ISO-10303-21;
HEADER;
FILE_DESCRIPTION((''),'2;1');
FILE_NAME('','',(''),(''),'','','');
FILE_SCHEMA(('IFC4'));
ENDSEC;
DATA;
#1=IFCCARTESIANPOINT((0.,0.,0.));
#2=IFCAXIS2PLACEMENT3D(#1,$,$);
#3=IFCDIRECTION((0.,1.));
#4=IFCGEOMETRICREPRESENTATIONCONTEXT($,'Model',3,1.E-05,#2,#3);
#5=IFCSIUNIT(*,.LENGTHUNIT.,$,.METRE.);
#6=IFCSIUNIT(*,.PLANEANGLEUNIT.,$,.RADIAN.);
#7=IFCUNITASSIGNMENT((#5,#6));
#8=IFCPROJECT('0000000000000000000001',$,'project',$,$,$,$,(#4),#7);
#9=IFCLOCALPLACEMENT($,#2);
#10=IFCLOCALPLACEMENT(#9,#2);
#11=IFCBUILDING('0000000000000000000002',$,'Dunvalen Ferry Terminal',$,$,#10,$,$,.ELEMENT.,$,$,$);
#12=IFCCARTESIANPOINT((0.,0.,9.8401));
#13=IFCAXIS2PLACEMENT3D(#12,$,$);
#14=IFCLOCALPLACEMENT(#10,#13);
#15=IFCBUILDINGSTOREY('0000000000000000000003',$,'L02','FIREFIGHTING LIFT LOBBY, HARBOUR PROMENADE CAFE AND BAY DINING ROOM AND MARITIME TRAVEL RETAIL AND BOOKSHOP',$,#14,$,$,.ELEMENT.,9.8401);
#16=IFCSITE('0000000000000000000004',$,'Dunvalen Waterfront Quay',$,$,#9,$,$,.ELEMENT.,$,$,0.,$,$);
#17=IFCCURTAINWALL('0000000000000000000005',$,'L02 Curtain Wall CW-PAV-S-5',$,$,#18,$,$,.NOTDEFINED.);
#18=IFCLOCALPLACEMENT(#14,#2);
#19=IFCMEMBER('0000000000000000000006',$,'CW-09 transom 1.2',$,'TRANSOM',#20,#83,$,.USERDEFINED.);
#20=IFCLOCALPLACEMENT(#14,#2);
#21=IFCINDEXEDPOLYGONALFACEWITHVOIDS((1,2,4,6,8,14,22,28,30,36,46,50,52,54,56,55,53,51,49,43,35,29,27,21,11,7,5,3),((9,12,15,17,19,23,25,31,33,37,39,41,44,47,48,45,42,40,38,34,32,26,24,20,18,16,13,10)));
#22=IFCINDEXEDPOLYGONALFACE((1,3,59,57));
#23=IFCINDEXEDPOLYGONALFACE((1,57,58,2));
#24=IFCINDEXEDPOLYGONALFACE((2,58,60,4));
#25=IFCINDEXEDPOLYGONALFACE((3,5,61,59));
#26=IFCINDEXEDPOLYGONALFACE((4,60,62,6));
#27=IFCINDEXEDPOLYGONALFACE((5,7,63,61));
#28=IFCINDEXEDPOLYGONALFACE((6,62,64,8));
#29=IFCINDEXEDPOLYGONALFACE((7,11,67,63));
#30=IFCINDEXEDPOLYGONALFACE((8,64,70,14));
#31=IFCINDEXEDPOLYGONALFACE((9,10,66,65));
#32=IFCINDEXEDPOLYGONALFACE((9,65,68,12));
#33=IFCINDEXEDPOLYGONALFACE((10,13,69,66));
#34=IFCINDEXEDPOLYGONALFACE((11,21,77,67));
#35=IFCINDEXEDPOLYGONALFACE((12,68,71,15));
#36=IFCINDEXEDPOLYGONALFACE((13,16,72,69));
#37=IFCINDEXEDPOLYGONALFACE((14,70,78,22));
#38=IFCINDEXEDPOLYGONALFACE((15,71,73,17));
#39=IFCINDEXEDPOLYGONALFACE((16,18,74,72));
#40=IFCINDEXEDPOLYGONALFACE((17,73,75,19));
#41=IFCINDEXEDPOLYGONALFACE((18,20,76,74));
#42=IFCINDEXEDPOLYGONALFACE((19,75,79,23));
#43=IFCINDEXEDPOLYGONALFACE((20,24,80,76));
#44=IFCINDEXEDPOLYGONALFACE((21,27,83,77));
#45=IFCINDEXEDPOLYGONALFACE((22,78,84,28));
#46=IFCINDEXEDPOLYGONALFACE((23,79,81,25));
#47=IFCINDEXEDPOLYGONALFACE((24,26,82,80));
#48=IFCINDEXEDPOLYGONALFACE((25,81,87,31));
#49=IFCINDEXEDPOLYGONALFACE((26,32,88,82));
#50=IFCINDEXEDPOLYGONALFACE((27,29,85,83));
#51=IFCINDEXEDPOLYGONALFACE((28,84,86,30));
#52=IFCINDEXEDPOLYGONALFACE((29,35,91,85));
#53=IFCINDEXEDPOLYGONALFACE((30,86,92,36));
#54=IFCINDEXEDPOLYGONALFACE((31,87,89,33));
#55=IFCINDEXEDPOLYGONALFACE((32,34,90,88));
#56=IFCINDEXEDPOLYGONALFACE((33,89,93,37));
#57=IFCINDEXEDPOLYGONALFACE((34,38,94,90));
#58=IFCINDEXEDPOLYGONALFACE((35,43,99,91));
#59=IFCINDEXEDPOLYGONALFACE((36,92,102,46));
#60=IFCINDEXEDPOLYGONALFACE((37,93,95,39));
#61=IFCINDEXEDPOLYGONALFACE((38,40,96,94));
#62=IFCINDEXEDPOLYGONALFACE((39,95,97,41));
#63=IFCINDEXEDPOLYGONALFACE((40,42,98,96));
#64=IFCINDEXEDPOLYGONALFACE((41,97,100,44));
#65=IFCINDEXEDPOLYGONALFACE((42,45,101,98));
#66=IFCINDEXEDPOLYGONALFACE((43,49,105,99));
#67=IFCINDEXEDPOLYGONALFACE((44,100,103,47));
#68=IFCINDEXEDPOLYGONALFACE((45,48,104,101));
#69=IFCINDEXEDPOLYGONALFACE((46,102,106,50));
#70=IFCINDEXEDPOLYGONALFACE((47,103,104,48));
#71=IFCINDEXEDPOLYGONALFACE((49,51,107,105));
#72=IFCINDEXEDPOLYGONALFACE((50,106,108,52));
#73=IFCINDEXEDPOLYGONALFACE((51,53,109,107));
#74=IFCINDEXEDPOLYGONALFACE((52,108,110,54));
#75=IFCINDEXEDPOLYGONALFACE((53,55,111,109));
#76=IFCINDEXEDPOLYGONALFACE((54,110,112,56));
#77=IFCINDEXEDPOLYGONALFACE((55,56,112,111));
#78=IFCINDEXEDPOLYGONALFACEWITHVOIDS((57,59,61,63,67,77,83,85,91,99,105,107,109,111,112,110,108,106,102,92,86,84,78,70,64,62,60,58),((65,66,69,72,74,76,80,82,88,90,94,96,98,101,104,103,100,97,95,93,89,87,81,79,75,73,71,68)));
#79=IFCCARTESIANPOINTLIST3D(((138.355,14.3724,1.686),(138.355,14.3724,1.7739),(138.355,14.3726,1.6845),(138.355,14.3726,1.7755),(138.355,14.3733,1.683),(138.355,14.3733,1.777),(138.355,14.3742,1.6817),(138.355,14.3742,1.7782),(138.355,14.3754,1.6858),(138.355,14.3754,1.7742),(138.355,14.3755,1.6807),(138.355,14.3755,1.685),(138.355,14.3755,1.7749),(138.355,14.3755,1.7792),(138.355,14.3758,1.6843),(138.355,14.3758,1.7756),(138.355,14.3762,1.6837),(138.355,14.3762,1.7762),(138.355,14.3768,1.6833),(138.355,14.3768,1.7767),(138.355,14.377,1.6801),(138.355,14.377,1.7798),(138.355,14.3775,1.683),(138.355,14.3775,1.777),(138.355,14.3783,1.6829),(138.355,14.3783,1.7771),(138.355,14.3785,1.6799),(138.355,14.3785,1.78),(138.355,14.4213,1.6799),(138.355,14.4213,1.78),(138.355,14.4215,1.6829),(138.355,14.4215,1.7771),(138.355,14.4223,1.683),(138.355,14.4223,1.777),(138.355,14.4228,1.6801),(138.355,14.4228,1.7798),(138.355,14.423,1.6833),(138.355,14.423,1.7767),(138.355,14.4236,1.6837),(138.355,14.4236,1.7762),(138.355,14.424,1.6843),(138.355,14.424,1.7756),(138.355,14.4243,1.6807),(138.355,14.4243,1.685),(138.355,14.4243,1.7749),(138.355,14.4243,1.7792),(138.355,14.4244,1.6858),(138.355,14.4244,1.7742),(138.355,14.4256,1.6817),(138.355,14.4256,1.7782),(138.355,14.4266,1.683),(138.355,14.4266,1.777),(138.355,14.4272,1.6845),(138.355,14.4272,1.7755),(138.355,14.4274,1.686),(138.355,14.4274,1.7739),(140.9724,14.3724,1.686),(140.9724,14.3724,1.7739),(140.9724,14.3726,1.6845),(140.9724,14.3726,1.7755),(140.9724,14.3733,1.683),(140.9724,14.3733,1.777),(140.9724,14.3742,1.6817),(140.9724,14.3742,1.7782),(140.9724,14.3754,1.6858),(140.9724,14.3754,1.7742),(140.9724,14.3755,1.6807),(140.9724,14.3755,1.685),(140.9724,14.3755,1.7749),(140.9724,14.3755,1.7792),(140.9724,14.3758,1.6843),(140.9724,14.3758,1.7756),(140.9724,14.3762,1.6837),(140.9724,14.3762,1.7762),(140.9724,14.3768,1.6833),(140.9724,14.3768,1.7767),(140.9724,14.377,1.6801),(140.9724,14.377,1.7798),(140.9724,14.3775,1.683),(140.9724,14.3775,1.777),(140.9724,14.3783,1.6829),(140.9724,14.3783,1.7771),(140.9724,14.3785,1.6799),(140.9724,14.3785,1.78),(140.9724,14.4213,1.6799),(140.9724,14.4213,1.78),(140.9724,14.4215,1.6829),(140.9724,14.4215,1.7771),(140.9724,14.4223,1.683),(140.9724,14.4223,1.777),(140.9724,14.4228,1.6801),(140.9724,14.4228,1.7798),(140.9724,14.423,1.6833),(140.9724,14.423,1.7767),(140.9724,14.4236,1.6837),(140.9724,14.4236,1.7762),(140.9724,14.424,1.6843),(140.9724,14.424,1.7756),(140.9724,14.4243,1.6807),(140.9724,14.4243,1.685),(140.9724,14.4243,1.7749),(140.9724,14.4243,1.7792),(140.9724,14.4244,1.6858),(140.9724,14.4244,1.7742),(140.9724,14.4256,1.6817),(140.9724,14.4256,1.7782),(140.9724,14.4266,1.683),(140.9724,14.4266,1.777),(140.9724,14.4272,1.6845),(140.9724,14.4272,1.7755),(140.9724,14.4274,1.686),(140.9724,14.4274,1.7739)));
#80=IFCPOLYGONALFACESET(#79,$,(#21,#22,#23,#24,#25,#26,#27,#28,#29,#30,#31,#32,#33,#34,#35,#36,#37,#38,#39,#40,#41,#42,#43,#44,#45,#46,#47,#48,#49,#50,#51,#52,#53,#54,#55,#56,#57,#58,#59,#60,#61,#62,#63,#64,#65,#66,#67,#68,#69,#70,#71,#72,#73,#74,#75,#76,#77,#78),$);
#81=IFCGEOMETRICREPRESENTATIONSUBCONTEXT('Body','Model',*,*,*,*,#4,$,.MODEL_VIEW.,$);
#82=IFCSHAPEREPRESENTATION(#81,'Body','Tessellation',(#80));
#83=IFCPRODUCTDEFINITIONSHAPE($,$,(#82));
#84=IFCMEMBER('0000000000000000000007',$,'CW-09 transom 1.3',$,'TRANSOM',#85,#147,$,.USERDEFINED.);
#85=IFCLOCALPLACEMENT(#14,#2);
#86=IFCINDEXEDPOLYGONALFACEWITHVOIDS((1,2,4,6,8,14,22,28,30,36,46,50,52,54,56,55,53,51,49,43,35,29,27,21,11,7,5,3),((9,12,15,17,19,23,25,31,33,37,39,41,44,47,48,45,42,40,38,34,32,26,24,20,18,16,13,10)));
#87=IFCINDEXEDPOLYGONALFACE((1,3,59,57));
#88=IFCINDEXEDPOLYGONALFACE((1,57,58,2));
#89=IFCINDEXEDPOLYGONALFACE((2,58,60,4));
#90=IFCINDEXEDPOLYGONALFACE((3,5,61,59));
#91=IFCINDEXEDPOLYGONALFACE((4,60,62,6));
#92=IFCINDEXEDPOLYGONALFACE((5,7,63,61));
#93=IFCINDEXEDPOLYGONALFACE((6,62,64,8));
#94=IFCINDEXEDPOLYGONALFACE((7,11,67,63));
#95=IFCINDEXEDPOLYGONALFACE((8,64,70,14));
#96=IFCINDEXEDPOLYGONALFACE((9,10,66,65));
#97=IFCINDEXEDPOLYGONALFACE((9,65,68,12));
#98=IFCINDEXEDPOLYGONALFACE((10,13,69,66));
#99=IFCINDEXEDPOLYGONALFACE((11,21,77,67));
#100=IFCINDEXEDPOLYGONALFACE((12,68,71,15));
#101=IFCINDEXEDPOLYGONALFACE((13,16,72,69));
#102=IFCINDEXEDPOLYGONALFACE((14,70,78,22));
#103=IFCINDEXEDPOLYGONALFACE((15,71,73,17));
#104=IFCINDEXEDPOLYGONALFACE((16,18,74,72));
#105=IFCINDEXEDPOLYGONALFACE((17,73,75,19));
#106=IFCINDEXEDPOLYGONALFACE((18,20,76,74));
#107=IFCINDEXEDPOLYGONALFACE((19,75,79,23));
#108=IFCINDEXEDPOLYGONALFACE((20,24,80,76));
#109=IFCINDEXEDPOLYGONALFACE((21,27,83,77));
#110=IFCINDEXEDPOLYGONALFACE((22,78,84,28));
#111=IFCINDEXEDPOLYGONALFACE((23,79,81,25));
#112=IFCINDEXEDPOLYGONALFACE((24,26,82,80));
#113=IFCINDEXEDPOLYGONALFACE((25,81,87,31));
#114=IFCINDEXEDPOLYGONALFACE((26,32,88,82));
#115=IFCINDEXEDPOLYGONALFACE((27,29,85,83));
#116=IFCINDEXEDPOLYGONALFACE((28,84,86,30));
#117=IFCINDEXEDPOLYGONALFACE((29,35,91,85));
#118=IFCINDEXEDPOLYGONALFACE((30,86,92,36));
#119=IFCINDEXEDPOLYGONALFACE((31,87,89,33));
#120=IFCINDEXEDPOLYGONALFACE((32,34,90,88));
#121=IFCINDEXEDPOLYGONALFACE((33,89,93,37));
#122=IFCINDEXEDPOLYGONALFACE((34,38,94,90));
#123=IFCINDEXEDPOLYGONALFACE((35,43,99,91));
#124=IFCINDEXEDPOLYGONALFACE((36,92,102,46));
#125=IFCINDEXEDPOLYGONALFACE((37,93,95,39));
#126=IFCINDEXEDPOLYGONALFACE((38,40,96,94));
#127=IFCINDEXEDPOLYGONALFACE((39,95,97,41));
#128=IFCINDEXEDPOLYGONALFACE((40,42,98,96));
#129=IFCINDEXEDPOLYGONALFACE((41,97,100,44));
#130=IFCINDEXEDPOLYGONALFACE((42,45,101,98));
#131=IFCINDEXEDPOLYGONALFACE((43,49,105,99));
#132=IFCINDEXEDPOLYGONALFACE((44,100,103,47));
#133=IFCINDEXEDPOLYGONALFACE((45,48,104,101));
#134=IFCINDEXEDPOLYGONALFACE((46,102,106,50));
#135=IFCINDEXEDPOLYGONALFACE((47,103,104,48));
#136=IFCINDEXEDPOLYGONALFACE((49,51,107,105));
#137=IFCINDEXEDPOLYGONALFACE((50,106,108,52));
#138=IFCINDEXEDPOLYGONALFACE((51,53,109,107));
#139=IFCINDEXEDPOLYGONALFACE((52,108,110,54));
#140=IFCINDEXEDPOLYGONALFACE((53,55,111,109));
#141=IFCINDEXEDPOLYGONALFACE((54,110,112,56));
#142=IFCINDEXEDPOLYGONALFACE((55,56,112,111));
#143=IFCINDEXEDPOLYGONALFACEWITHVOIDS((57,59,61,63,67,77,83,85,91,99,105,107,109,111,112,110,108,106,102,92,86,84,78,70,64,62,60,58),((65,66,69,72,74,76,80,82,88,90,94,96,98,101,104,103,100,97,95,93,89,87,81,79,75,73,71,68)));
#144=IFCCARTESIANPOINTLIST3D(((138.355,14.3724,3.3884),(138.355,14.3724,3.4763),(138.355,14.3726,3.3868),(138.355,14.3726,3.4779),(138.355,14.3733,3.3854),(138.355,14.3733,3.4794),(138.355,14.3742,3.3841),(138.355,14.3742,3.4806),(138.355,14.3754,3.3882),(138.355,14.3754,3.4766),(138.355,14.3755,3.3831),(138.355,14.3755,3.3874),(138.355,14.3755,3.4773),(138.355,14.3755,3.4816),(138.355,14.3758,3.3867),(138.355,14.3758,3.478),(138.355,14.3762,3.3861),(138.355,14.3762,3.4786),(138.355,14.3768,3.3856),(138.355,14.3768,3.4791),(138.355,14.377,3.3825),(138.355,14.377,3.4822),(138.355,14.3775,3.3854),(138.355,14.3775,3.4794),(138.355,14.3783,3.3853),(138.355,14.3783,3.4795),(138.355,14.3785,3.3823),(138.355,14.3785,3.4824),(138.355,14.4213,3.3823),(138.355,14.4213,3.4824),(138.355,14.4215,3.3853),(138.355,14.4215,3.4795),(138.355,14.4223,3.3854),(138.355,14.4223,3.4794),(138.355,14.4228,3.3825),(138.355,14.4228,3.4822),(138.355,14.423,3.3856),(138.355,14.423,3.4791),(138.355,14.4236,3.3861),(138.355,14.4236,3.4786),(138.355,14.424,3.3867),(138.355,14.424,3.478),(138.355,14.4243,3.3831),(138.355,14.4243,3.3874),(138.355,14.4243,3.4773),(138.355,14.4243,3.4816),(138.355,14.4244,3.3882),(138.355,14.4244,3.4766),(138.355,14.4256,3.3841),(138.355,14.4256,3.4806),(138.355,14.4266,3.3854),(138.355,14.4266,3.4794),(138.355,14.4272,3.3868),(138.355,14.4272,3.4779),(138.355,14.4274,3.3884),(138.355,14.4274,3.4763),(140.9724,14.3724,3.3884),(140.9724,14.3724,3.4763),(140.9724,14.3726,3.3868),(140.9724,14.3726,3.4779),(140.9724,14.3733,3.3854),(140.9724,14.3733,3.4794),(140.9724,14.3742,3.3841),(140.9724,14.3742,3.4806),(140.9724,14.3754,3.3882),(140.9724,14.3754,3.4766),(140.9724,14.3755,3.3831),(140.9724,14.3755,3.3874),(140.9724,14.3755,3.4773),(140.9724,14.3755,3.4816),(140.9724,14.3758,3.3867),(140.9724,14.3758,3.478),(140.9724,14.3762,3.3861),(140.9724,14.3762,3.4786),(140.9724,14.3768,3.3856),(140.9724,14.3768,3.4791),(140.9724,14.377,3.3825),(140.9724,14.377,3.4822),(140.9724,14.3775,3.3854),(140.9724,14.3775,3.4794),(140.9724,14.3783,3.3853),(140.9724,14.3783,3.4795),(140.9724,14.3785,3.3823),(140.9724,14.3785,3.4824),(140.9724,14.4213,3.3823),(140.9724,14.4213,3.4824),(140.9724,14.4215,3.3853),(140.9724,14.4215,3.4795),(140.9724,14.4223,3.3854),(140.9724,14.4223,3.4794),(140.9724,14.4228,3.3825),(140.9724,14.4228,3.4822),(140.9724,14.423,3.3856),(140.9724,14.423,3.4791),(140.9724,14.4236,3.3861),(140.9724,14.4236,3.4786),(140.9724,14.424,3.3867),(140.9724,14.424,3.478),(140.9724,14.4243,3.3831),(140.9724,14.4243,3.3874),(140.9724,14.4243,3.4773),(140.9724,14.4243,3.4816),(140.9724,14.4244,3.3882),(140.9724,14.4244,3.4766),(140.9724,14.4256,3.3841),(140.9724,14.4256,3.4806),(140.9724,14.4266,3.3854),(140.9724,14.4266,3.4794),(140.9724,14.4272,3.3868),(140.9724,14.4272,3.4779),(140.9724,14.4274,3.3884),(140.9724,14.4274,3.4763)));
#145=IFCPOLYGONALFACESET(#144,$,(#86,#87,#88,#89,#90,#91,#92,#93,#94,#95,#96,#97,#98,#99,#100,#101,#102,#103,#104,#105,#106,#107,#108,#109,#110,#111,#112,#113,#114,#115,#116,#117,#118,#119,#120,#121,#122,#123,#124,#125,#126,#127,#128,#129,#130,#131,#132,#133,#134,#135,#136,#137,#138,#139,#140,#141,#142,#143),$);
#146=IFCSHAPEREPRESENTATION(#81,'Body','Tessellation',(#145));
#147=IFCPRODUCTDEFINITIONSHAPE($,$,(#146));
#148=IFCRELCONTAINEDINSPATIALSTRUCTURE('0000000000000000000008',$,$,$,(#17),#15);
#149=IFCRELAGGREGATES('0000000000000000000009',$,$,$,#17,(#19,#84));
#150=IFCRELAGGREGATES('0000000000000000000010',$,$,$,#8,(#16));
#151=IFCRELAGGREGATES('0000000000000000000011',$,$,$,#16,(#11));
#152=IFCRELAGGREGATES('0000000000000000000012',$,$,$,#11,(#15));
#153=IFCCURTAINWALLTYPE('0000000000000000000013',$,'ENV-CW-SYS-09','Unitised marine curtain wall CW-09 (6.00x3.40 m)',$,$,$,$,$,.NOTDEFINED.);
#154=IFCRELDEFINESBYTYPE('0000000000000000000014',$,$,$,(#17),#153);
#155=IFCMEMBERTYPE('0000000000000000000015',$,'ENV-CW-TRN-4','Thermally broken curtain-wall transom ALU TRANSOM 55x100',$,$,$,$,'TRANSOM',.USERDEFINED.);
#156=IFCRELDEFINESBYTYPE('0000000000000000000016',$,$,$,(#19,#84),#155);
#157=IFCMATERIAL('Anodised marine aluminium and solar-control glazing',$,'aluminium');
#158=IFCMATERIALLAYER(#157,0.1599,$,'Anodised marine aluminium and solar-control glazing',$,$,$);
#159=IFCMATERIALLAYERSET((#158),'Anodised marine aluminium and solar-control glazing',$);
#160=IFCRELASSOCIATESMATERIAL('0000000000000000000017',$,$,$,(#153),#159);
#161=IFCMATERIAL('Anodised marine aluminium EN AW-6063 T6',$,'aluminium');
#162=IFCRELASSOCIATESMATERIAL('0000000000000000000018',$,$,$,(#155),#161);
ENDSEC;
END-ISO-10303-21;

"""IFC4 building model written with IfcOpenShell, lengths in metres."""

from ifc_helpers import new_model, si_unit, direction, frame, origin, origin_2d, place, context, subcontext, project, spatial, hollow_rectangle, extrude, material, layer, layer_set, material_profile, profile_set, type_object, element, aggregate, save


model = new_model("IFC4")

# Units and contexts
model_context = context("Model", 3, precision=1e-05, world=origin(), true_north=direction((0.0, 1.0)))
body_context = subcontext(model_context, "Body", "Model", "MODEL_VIEW")
ifc_project = project(units=[si_unit("LENGTHUNIT", "METRE"), si_unit("PLANEANGLEUNIT", "RADIAN")], contexts=[model_context])

# Site, building, storey
site_placement = place(None, origin())
site = spatial("IfcSite", under=ifc_project, at=site_placement, Name="Dunvalen Waterfront Quay", CompositionType="ELEMENT", RefElevation=0.0)
building_placement = place(site_placement, origin())
building = spatial("IfcBuilding", under=site, at=building_placement, Name="Dunvalen Ferry Terminal", CompositionType="ELEMENT")
storey_placement = place(building_placement, frame((0.0, 0.0, 9.8401)))
storey = spatial("IfcBuildingStorey", under=building, at=storey_placement, Name="L02", Description="FIREFIGHTING LIFT LOBBY, HARBOUR PROMENADE CAFE AND BAY DINING ROOM AND MARITIME TRAVEL RETAIL AND BOOKSHOP", CompositionType="ELEMENT", Elevation=9.8401)

# Curtain wall, members
ifc_material_1 = material(Name="Anodised marine aluminium and solar-control glazing", Category="aluminium")
ifc_layer_1 = layer(ifc_material_1, 0.1599, Name="Anodised marine aluminium and solar-control glazing")
ifc_layer_set_1 = layer_set([ifc_layer_1], Name="Anodised marine aluminium and solar-control glazing")
curtain_wall_type = type_object("IfcCurtainWallType", Name="ENV-CW-SYS-09", Description="Unitised marine curtain wall CW-09 (6.00x3.40 m)", PredefinedType="NOTDEFINED", material=ifc_layer_set_1)
curtain_wall_placement = place(storey_placement, origin())
curtain_wall = element("IfcCurtainWall", 1, at=curtain_wall_placement, inside=storey, type_object=curtain_wall_type, Name="L02 Curtain Wall CW-PAV-S-5", PredefinedType="NOTDEFINED")
ifc_material_2 = material(Name="Anodised marine aluminium EN AW-6063 T6", Category="aluminium")
ifc_material_profile_1 = material_profile(ifc_material_2, hollow_rectangle(XDim=0.0549, YDim=0.1001, WallThickness=0.0029, InnerFilletRadius=0.0029, OuterFilletRadius=0.0061, at=origin_2d()), Name="Anodised marine aluminium EN AW-6063 T6")
ifc_profile_set_1 = profile_set([ifc_material_profile_1], Name="Anodised marine aluminium EN AW-6063 T6")
member_type_1 = type_object("IfcMemberType", Name="ENV-CW-TRN-4", Description="Thermally broken curtain-wall transom ALU TRANSOM 55x100", ElementType="TRANSOM", PredefinedType="USERDEFINED", material=ifc_profile_set_1)
member_1_placement = place(storey_placement, frame((138.355, 14.3999, 1.73), z_axis=(1.0, 0.0, 0.0), x_axis=(0.0, 1.0, 0.0)))
member_1 = element("IfcMember", 2, at=member_1_placement, type_object=member_type_1, Name="CW-09 transom 1.2", ObjectType="TRANSOM", PredefinedType="USERDEFINED", context=body_context, shape_type="SweptSolid", body=[
    extrude(hollow_rectangle(XDim=0.0549, YDim=0.1001, WallThickness=0.0029, InnerFilletRadius=0.0029, OuterFilletRadius=0.0061, at=origin_2d()), origin(), (0.0, 0.0, 1.0), 2.6174),
])
member_2_placement = place(storey_placement, frame((138.355, 14.3999, 3.4324), z_axis=(1.0, 0.0, 0.0), x_axis=(0.0, 1.0, 0.0)))
member_2 = element("IfcMember", 3, at=member_2_placement, type_object=member_type_1, Name="CW-09 transom 1.3", ObjectType="TRANSOM", PredefinedType="USERDEFINED", context=body_context, shape_type="SweptSolid", body=[
    extrude(hollow_rectangle(XDim=0.0549, YDim=0.1001, WallThickness=0.0029, InnerFilletRadius=0.0029, OuterFilletRadius=0.0061, at=origin_2d()), origin(), (0.0, 0.0, 1.0), 2.6174),
])

aggregate(curtain_wall, [member_1, member_2])

save(model, "model.ifc")
